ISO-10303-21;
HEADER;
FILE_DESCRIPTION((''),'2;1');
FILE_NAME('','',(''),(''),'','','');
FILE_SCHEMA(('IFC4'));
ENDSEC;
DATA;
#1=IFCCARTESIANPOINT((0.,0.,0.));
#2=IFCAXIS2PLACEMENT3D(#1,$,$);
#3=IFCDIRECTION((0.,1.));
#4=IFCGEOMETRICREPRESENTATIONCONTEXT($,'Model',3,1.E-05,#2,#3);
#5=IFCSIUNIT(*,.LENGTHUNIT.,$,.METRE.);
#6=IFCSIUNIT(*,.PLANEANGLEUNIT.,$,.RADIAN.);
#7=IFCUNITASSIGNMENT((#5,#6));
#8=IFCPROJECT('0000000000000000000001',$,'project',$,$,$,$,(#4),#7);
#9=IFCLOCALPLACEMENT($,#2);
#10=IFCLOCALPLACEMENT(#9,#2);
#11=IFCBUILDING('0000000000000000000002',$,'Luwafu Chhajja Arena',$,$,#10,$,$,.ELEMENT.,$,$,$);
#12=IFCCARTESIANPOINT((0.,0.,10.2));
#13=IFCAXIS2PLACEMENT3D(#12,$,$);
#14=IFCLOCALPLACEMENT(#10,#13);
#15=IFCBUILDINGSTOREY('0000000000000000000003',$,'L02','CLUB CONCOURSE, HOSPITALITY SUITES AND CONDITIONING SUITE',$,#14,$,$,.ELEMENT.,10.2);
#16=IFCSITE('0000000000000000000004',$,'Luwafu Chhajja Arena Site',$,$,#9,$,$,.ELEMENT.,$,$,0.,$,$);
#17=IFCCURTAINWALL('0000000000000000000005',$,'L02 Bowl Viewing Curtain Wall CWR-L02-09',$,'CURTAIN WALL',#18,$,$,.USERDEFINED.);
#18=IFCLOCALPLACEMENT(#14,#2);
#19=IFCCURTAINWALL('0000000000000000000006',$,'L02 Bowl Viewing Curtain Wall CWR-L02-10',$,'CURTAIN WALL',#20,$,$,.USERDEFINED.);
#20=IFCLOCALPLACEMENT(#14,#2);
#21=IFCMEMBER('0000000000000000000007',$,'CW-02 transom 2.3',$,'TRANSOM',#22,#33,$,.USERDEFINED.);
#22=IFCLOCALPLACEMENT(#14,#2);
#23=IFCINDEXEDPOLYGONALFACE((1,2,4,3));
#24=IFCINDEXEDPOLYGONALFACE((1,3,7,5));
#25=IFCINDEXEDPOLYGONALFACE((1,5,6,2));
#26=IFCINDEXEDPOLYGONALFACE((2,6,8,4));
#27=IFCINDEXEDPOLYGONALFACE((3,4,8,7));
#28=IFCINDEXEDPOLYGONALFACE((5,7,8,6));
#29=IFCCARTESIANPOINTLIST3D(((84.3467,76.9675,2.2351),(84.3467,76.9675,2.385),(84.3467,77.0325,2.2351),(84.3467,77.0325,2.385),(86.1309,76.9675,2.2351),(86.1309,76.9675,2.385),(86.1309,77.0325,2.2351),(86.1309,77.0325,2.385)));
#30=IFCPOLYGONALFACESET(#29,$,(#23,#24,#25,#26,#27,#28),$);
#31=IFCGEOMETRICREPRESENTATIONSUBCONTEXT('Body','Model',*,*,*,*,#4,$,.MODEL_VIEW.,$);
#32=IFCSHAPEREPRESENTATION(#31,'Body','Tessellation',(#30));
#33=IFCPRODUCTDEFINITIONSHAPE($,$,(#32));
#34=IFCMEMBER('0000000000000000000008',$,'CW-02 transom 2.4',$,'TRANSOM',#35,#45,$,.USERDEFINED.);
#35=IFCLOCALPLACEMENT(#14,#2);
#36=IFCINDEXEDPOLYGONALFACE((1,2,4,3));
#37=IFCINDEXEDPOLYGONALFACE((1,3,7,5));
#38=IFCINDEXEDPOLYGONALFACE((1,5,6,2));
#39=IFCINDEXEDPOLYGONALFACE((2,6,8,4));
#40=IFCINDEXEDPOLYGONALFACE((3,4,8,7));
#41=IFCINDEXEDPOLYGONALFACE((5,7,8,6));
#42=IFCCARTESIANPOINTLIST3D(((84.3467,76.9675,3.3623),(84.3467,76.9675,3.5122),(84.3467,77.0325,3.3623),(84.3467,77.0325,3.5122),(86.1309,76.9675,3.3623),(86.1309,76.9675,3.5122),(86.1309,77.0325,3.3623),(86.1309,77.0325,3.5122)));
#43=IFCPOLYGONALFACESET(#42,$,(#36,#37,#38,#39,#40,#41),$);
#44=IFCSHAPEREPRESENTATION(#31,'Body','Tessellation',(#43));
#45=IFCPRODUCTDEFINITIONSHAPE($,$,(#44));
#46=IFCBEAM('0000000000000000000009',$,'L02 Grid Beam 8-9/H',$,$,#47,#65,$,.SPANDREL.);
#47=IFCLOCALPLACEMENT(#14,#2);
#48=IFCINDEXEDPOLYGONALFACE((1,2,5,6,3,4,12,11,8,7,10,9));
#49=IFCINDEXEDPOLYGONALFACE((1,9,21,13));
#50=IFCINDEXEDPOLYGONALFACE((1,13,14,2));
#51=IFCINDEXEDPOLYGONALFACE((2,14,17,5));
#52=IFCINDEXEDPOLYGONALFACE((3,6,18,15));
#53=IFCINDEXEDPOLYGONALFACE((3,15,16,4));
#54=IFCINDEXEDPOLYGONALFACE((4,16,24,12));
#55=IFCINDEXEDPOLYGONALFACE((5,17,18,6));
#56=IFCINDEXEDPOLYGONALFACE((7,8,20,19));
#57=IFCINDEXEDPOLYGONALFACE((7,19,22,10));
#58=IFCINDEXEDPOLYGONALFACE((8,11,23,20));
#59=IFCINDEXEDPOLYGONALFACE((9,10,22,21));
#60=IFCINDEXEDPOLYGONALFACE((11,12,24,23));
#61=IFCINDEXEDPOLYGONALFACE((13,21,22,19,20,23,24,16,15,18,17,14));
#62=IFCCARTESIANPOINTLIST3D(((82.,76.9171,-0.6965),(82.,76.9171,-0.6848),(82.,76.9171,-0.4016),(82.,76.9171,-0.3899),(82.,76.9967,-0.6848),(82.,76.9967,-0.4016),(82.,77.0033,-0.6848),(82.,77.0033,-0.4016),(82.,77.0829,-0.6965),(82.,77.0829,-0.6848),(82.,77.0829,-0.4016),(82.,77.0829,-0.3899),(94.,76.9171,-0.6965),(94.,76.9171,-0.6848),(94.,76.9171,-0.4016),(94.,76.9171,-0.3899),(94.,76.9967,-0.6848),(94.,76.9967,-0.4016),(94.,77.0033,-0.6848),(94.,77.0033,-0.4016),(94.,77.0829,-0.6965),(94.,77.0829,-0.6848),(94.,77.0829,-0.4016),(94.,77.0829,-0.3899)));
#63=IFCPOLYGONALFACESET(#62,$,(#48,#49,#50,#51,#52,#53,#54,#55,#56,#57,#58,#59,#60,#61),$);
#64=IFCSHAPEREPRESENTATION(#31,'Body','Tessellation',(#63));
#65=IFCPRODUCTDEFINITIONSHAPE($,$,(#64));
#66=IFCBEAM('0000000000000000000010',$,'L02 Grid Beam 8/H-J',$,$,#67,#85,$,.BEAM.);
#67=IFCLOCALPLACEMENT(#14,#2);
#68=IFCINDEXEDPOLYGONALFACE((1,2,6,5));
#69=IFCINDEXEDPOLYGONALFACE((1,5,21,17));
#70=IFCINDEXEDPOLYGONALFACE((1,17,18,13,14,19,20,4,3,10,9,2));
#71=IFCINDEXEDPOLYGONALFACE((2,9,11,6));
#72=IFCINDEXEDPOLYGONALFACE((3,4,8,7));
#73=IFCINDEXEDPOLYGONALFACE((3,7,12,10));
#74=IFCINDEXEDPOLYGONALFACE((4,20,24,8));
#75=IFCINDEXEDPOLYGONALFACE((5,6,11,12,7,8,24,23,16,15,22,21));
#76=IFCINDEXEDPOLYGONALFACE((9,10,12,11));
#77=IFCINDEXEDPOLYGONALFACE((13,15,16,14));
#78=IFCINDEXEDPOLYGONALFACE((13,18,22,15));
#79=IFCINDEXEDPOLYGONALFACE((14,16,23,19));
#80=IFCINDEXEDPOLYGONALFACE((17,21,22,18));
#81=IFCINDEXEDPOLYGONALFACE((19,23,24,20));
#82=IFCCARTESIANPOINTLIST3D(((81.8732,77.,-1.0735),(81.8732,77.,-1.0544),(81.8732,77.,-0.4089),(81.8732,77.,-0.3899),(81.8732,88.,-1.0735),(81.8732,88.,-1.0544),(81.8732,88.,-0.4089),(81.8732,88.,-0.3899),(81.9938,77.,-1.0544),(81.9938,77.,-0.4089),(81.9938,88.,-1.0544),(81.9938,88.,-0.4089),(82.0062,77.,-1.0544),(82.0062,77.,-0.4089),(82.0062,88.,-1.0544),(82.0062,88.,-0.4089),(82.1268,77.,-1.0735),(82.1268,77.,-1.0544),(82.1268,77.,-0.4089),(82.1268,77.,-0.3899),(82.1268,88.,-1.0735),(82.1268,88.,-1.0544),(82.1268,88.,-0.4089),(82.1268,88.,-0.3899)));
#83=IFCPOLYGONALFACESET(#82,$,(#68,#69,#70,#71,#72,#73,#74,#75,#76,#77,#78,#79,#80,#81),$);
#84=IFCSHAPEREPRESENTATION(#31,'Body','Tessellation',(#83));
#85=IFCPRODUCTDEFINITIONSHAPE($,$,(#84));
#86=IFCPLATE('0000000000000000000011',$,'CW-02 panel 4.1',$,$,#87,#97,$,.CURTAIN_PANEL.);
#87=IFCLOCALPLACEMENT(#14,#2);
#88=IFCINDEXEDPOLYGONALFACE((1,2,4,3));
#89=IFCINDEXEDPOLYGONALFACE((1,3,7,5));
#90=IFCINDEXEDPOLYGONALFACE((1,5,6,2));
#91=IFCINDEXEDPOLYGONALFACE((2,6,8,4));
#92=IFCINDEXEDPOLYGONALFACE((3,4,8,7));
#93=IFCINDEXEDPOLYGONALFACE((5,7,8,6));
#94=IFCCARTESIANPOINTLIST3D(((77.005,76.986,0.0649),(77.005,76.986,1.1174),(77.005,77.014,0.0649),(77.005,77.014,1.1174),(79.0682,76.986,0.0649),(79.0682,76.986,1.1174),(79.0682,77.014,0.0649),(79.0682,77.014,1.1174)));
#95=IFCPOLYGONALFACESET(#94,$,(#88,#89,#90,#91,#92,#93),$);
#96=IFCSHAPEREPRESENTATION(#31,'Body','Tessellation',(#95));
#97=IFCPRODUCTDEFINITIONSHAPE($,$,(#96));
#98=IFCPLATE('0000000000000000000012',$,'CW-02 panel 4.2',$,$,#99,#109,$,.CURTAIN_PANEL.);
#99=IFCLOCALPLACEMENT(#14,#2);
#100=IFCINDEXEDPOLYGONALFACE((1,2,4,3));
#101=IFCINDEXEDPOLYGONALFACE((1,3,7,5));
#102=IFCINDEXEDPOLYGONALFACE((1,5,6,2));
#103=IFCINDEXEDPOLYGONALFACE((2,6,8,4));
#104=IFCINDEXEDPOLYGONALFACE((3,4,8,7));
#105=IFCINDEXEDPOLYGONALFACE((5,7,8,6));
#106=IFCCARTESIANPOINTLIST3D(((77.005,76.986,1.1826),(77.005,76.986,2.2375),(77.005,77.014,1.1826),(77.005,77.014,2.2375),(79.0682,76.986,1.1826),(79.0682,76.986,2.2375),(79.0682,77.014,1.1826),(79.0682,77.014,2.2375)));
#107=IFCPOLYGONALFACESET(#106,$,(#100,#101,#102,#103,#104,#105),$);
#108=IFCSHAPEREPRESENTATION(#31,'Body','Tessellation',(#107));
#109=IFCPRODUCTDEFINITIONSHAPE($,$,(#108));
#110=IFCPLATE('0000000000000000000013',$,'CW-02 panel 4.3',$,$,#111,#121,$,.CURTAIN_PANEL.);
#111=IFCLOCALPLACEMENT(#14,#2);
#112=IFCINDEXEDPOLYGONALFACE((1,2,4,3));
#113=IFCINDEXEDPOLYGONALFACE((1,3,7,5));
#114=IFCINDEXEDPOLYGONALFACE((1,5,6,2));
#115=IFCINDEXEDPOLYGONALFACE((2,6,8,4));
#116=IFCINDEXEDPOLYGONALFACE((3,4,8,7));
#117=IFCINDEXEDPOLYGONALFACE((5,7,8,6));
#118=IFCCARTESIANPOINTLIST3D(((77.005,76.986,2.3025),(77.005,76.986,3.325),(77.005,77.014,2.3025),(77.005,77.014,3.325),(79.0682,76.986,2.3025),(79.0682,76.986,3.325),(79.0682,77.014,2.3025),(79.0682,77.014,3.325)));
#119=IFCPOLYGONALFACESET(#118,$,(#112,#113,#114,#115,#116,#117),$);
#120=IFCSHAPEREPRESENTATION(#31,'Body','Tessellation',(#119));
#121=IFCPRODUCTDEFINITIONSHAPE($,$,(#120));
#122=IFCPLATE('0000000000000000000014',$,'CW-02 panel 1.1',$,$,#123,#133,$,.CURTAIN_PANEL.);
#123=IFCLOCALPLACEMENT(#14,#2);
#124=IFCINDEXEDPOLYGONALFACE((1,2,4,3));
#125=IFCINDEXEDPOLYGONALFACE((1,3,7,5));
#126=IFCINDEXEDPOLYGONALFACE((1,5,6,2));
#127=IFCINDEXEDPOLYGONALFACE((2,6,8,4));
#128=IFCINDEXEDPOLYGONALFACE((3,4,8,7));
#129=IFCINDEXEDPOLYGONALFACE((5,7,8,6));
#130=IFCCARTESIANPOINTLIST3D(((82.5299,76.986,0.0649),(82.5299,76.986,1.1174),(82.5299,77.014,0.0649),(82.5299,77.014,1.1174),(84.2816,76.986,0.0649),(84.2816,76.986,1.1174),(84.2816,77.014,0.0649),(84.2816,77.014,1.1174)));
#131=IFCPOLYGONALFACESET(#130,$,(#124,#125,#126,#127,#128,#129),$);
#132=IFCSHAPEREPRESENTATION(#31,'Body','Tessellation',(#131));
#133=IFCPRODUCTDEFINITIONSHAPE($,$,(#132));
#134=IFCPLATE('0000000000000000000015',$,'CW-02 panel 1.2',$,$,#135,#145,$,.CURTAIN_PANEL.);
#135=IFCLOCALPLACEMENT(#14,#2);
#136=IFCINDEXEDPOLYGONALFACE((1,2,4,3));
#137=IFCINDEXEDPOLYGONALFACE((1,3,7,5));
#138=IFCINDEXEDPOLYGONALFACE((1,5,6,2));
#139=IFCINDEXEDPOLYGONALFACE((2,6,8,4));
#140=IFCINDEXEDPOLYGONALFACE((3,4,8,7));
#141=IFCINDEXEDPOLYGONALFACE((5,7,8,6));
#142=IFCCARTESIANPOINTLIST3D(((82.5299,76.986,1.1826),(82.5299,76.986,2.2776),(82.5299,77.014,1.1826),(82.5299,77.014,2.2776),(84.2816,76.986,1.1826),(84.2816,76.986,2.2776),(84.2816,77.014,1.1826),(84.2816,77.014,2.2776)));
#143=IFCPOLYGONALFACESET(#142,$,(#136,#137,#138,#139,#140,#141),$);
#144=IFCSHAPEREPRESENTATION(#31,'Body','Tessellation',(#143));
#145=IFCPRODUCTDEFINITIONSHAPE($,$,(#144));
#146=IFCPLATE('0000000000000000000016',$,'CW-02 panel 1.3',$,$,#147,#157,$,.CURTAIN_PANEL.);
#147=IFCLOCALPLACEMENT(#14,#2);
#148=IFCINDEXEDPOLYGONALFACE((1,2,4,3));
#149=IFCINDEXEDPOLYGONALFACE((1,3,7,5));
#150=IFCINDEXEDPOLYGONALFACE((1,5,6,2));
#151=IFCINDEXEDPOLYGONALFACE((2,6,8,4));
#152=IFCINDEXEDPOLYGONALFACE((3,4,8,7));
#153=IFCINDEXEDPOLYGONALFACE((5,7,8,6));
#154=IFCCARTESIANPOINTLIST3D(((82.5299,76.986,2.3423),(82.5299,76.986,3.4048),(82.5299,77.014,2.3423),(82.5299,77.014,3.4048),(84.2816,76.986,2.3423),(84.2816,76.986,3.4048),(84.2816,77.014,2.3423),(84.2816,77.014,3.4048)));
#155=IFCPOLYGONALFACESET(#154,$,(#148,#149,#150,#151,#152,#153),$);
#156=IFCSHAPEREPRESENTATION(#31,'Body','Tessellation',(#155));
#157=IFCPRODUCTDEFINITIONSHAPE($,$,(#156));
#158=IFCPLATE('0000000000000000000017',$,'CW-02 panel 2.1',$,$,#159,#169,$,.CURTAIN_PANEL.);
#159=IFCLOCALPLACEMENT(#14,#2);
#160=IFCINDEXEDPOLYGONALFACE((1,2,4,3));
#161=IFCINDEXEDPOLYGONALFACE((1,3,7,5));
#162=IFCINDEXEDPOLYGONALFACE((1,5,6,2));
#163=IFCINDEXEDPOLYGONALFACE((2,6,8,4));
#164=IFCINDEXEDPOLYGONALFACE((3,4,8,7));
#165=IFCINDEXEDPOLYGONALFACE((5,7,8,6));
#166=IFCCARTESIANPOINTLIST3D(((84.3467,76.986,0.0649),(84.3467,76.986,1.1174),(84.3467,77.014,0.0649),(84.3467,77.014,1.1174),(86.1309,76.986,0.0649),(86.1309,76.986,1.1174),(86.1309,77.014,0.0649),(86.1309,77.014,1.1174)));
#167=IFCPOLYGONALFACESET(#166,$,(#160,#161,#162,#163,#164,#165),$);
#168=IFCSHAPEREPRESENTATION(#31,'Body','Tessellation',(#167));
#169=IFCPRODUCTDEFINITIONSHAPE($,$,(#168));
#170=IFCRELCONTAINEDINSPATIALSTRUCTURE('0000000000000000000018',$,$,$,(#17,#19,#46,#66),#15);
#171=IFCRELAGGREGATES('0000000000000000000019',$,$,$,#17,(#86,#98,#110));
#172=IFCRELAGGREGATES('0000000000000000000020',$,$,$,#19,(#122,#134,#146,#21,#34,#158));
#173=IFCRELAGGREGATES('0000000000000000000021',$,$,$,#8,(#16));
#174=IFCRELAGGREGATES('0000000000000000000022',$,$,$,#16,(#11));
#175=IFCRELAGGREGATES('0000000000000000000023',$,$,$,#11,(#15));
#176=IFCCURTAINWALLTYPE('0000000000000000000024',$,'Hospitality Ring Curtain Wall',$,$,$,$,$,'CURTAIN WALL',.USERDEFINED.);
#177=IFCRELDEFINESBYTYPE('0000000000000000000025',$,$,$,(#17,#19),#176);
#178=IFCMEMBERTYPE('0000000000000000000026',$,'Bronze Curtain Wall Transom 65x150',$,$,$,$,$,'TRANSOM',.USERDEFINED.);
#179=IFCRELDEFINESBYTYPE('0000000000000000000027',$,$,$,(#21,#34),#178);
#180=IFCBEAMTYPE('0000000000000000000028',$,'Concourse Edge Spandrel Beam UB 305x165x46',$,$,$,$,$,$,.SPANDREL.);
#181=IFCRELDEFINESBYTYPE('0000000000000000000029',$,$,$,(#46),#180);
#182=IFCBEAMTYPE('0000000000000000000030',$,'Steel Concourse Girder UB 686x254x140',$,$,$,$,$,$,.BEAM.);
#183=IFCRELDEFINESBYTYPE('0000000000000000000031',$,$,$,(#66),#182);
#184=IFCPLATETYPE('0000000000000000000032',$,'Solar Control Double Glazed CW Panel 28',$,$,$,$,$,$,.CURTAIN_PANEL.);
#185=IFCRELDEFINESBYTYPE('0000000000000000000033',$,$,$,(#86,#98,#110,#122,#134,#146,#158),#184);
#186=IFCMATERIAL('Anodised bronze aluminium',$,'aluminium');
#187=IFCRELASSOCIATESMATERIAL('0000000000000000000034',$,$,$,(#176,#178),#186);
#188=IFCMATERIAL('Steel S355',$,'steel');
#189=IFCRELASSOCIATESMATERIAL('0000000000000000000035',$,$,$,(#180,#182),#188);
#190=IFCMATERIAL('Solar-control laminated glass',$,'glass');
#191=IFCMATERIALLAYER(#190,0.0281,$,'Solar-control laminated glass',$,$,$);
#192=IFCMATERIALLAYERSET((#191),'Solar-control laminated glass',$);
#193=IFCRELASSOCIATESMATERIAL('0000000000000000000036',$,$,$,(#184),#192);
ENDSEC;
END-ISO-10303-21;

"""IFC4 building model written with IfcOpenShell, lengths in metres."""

from ifc_helpers import new_model, si_unit, direction, frame, origin, origin_2d, place, context, subcontext, project, spatial, rectangle, i_section, extrude, material, layer, layer_set, material_profile, profile_set, type_object, element, aggregate, save


model = new_model("IFC4")

# Units and contexts
model_context = context("Model", 3, precision=1e-05, world=origin(), true_north=direction((0.0, 1.0)))
body_context = subcontext(model_context, "Body", "Model", "MODEL_VIEW")
ifc_project = project(units=[si_unit("LENGTHUNIT", "METRE"), si_unit("PLANEANGLEUNIT", "RADIAN")], contexts=[model_context])

# Site, building, storey
site_placement = place(None, origin())
site = spatial("IfcSite", under=ifc_project, at=site_placement, Name="Luwafu Chhajja Arena Site", CompositionType="ELEMENT", RefElevation=0.0)
building_placement = place(site_placement, origin())
building = spatial("IfcBuilding", under=site, at=building_placement, Name="Luwafu Chhajja Arena", CompositionType="ELEMENT")
storey_placement = place(building_placement, frame((0.0, 0.0, 10.2)))
storey = spatial("IfcBuildingStorey", under=building, at=storey_placement, Name="L02", Description="CLUB CONCOURSE, HOSPITALITY SUITES AND CONDITIONING SUITE", CompositionType="ELEMENT", Elevation=10.2)

# Curtain wall
ifc_material_1 = material(Name="Anodised bronze aluminium", Category="aluminium")
curtain_wall_type = type_object("IfcCurtainWallType", Name="Hospitality Ring Curtain Wall", ElementType="CURTAIN WALL", PredefinedType="USERDEFINED", material=ifc_material_1)
curtain_wall_1_placement = place(storey_placement, origin())
curtain_wall_1 = element("IfcCurtainWall", 1, at=curtain_wall_1_placement, inside=storey, type_object=curtain_wall_type, Name="L02 Bowl Viewing Curtain Wall CWR-L02-09", ObjectType="CURTAIN WALL", PredefinedType="USERDEFINED")

# Curtain wall
curtain_wall_2_placement = place(storey_placement, origin())
curtain_wall_2 = element("IfcCurtainWall", 2, at=curtain_wall_2_placement, inside=storey, type_object=curtain_wall_type, Name="L02 Bowl Viewing Curtain Wall CWR-L02-10", ObjectType="CURTAIN WALL", PredefinedType="USERDEFINED")

# Members
ifc_material_profile_1 = material_profile(ifc_material_1, rectangle(XDim=0.0649, YDim=0.1499, at=origin_2d()), Name="CWT 65x150")
ifc_profile_set_1 = profile_set([ifc_material_profile_1], Name="Anodised bronze aluminium")
member_type_1 = type_object("IfcMemberType", Name="Bronze Curtain Wall Transom 65x150", ElementType="TRANSOM", PredefinedType="USERDEFINED", material=ifc_profile_set_1)
member_1_placement = place(storey_placement, frame((84.3467, 77.0, 2.3101), z_axis=(1.0, 0.0, 0.0), x_axis=(0.0, 1.0, 0.0)))
member_1 = element("IfcMember", 3, at=member_1_placement, type_object=member_type_1, Name="CW-02 transom 2.3", ObjectType="TRANSOM", PredefinedType="USERDEFINED", context=body_context, shape_type="SweptSolid", body=[
    extrude(rectangle(XDim=0.0649, YDim=0.1499, at=origin_2d()), origin(), (0.0, 0.0, 1.0), 1.7842),
])
member_2_placement = place(storey_placement, frame((84.3467, 77.0, 3.4373), z_axis=(1.0, 0.0, 0.0), x_axis=(0.0, 1.0, 0.0)))
member_2 = element("IfcMember", 4, at=member_2_placement, type_object=member_type_1, Name="CW-02 transom 2.4", ObjectType="TRANSOM", PredefinedType="USERDEFINED", context=body_context, shape_type="SweptSolid", body=[
    extrude(rectangle(XDim=0.0649, YDim=0.1499, at=origin_2d()), origin(), (0.0, 0.0, 1.0), 1.7842),
])

# Beams
ifc_material_2 = material(Name="Steel S355", Category="steel")
ifc_material_profile_2 = material_profile(ifc_material_2, i_section(OverallWidth=0.1658, OverallDepth=0.3066, WebThickness=0.0066, FlangeThickness=0.0117, at=origin_2d()), Name="UB 305x165x46")
ifc_profile_set_2 = profile_set([ifc_material_profile_2], Name="Steel S355")
beam_type_1 = type_object("IfcBeamType", Name="Concourse Edge Spandrel Beam UB 305x165x46", PredefinedType="SPANDREL", material=ifc_profile_set_2)
beam_1_placement = place(storey_placement, frame((82.0, 77.0, -0.5432), z_axis=(1.0, 0.0, 0.0), x_axis=(0.0, 1.0, 0.0)))
element("IfcBeam", 5, at=beam_1_placement, inside=storey, type_object=beam_type_1, Name="L02 Grid Beam 8-9/H", PredefinedType="SPANDREL", context=body_context, shape_type="SweptSolid", body=[
    extrude(i_section(OverallWidth=0.1658, OverallDepth=0.3066, WebThickness=0.0066, FlangeThickness=0.0117, at=origin_2d()), origin(), (0.0, 0.0, 1.0), 12.0),
])
ifc_material_profile_3 = material_profile(ifc_material_2, i_section(OverallWidth=0.2537, OverallDepth=0.6836, WebThickness=0.0125, FlangeThickness=0.019, at=origin_2d()), Name="UB 686x254x140")
ifc_profile_set_3 = profile_set([ifc_material_profile_3], Name="Steel S355")
beam_type_2 = type_object("IfcBeamType", Name="Steel Concourse Girder UB 686x254x140", PredefinedType="BEAM", material=ifc_profile_set_3)
beam_2_placement = place(storey_placement, frame((82.0, 77.0, -0.7317), z_axis=(0.0, 1.0, 0.0), x_axis=(-1.0, 0.0, 0.0)))
element("IfcBeam", 6, at=beam_2_placement, inside=storey, type_object=beam_type_2, Name="L02 Grid Beam 8/H-J", PredefinedType="BEAM", context=body_context, shape_type="SweptSolid", body=[
    extrude(i_section(OverallWidth=0.2537, OverallDepth=0.6836, WebThickness=0.0125, FlangeThickness=0.019, at=origin_2d()), origin(), (0.0, 0.0, 1.0), 11.0),
])

# Plates
ifc_material_3 = material(Name="Solar-control laminated glass", Category="glass")
ifc_layer = layer(ifc_material_3, 0.0281, Name="Solar-control laminated glass")
ifc_layer_set = layer_set([ifc_layer], Name="Solar-control laminated glass")
plate_type = type_object("IfcPlateType", Name="Solar Control Double Glazed CW Panel 28", PredefinedType="CURTAIN_PANEL", material=ifc_layer_set)
plate_1_placement = place(storey_placement, frame((78.0366, 77.0, 0.0649), z_axis=(0.0, 0.0, 1.0), x_axis=(1.0, 0.0, 0.0)))
plate_1 = element("IfcPlate", 7, at=plate_1_placement, type_object=plate_type, Name="CW-02 panel 4.1", PredefinedType="CURTAIN_PANEL", context=body_context, shape_type="SweptSolid", body=[
    extrude(rectangle(XDim=2.0632, YDim=0.0281, at=origin_2d()), origin(), (0.0, 0.0, 1.0), 1.0525),
])
plate_2_placement = place(storey_placement, frame((78.0366, 77.0, 1.1826), z_axis=(0.0, 0.0, 1.0), x_axis=(1.0, 0.0, 0.0)))
plate_2 = element("IfcPlate", 8, at=plate_2_placement, type_object=plate_type, Name="CW-02 panel 4.2", PredefinedType="CURTAIN_PANEL", context=body_context, shape_type="SweptSolid", body=[
    extrude(rectangle(XDim=2.0632, YDim=0.0281, at=origin_2d()), origin(), (0.0, 0.0, 1.0), 1.0549),
])
plate_3_placement = place(storey_placement, frame((78.0366, 77.0, 2.3025), z_axis=(0.0, 0.0, 1.0), x_axis=(1.0, 0.0, 0.0)))
plate_3 = element("IfcPlate", 9, at=plate_3_placement, type_object=plate_type, Name="CW-02 panel 4.3", PredefinedType="CURTAIN_PANEL", context=body_context, shape_type="SweptSolid", body=[
    extrude(rectangle(XDim=2.0632, YDim=0.0281, at=origin_2d()), origin(), (0.0, 0.0, 1.0), 1.0225),
])
aggregate(curtain_wall_1, [plate_1, plate_2, plate_3])
plate_4_placement = place(storey_placement, frame((83.4058, 77.0, 0.0649), z_axis=(0.0, 0.0, 1.0), x_axis=(1.0, 0.0, 0.0)))
plate_4 = element("IfcPlate", 10, at=plate_4_placement, type_object=plate_type, Name="CW-02 panel 1.1", PredefinedType="CURTAIN_PANEL", context=body_context, shape_type="SweptSolid", body=[
    extrude(rectangle(XDim=1.7517, YDim=0.0281, at=origin_2d()), origin(), (0.0, 0.0, 1.0), 1.0525),
])
plate_5_placement = place(storey_placement, frame((83.4058, 77.0, 1.1826), z_axis=(0.0, 0.0, 1.0), x_axis=(1.0, 0.0, 0.0)))
plate_5 = element("IfcPlate", 11, at=plate_5_placement, type_object=plate_type, Name="CW-02 panel 1.2", PredefinedType="CURTAIN_PANEL", context=body_context, shape_type="SweptSolid", body=[
    extrude(rectangle(XDim=1.7517, YDim=0.0281, at=origin_2d()), origin(), (0.0, 0.0, 1.0), 1.095),
])
plate_6_placement = place(storey_placement, frame((83.4058, 77.0, 2.3423), z_axis=(0.0, 0.0, 1.0), x_axis=(1.0, 0.0, 0.0)))
plate_6 = element("IfcPlate", 12, at=plate_6_placement, type_object=plate_type, Name="CW-02 panel 1.3", PredefinedType="CURTAIN_PANEL", context=body_context, shape_type="SweptSolid", body=[
    extrude(rectangle(XDim=1.7517, YDim=0.0281, at=origin_2d()), origin(), (0.0, 0.0, 1.0), 1.0625),
])
plate_7_placement = place(storey_placement, frame((85.2388, 77.0, 0.0649), z_axis=(0.0, 0.0, 1.0), x_axis=(1.0, 0.0, 0.0)))
plate_7 = element("IfcPlate", 13, at=plate_7_placement, type_object=plate_type, Name="CW-02 panel 2.1", PredefinedType="CURTAIN_PANEL", context=body_context, shape_type="SweptSolid", body=[
    extrude(rectangle(XDim=1.7842, YDim=0.0281, at=origin_2d()), origin(), (0.0, 0.0, 1.0), 1.0525),
])
aggregate(curtain_wall_2, [plate_4, plate_5, plate_6, member_1, member_2, plate_7])

save(model, "model.ifc")
